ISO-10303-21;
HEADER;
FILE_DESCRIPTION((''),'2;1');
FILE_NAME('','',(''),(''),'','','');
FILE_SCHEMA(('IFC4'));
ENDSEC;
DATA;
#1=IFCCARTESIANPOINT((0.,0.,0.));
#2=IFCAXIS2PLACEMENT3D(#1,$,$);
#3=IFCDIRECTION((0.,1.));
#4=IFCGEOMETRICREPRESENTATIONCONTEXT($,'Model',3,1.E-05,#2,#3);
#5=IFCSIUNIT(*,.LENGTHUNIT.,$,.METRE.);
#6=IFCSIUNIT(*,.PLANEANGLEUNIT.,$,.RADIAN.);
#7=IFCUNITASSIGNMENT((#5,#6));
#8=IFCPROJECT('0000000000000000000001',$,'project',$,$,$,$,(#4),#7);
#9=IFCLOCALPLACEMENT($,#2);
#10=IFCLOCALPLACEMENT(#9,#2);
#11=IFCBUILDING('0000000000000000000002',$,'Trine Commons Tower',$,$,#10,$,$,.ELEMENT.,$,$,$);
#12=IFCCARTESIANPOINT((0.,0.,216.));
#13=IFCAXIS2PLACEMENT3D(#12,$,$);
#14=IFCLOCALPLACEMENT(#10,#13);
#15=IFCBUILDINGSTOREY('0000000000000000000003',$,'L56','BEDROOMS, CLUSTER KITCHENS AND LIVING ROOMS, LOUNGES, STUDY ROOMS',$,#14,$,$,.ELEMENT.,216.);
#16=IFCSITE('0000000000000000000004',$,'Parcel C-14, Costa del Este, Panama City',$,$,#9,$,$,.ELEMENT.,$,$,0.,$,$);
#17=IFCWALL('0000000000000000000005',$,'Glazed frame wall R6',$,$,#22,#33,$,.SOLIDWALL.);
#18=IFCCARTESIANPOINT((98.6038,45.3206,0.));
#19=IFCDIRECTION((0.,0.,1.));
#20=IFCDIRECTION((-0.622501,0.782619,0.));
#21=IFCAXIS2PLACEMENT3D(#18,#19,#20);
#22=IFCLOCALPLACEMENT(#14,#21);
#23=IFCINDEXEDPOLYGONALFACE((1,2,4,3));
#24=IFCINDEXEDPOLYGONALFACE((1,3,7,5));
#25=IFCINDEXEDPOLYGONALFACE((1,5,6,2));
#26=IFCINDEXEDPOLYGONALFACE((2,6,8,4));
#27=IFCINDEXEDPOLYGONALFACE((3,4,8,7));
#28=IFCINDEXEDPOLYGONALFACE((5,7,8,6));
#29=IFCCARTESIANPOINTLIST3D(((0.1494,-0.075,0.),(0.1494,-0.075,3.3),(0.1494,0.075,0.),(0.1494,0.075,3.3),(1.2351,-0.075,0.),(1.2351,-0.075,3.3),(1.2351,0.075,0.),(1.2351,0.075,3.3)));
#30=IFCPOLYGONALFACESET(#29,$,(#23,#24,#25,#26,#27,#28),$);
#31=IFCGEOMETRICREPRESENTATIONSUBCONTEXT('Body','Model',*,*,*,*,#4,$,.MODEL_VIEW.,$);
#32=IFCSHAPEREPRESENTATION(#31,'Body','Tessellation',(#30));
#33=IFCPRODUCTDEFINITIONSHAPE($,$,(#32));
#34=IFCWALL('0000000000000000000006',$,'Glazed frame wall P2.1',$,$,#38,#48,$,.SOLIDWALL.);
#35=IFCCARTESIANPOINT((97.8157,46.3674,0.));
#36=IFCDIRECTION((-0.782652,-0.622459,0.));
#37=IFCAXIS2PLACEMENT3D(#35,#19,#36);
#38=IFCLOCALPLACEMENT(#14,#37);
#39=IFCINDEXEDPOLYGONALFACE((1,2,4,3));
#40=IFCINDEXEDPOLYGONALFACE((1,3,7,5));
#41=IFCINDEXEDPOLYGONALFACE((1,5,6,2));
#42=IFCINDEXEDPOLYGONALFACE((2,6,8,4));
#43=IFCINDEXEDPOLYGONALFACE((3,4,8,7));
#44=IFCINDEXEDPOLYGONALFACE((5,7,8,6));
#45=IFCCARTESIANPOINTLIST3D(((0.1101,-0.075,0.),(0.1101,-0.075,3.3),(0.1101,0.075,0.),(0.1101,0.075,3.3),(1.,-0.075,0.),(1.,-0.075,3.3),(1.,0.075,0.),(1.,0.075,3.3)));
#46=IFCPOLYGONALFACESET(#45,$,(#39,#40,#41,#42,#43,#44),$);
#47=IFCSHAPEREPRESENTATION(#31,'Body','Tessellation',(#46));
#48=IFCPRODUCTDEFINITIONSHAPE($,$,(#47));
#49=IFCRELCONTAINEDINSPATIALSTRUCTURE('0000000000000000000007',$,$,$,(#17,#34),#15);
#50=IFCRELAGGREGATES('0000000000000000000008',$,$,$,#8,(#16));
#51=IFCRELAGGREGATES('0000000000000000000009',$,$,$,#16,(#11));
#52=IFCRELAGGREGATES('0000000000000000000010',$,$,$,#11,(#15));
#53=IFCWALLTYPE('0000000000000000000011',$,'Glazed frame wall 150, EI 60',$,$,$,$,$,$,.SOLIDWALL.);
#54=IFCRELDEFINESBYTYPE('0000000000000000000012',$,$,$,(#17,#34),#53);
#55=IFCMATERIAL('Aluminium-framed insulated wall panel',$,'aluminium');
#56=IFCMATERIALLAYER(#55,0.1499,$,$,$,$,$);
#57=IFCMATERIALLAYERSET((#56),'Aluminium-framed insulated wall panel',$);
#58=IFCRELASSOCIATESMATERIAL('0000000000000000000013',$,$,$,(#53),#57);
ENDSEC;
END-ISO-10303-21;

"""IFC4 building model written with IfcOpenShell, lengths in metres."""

from ifc_helpers import new_model, si_unit, direction, frame, origin, place, context, subcontext, project, spatial, polyline, outline, extrude, material, layer, layer_set, type_object, element, save


model = new_model("IFC4")

# Units and contexts
model_context = context("Model", 3, precision=1e-05, world=origin(), true_north=direction((0.0, 1.0)))
body_context = subcontext(model_context, "Body", "Model", "MODEL_VIEW")
ifc_project = project(units=[si_unit("LENGTHUNIT", "METRE"), si_unit("PLANEANGLEUNIT", "RADIAN")], contexts=[model_context])

# Site, building, storey
site_placement = place(None, origin())
site = spatial("IfcSite", under=ifc_project, at=site_placement, Name="Parcel C-14, Costa del Este, Panama City", CompositionType="ELEMENT", RefElevation=0.0)
building_placement = place(site_placement, origin())
building = spatial("IfcBuilding", under=site, at=building_placement, Name="Trine Commons Tower", CompositionType="ELEMENT")
storey_placement = place(building_placement, frame((0.0, 0.0, 216.0)))
storey = spatial("IfcBuildingStorey", under=building, at=storey_placement, Name="L56", Description="BEDROOMS, CLUSTER KITCHENS AND LIVING ROOMS, LOUNGES, STUDY ROOMS", CompositionType="ELEMENT", Elevation=216.0)

# Walls
ifc_material_1 = material(Name="Aluminium-framed insulated wall panel", Category="aluminium")
ifc_layer_1 = layer(ifc_material_1, 0.1499)
ifc_layer_set_1 = layer_set([ifc_layer_1], Name="Aluminium-framed insulated wall panel")
wall_type_1 = type_object("IfcWallType", Name="Glazed frame wall 150, EI 60", PredefinedType="SOLIDWALL", material=ifc_layer_set_1)
wall_1_placement = place(storey_placement, frame((98.6038, 45.3206, 0.0), z_axis=(0.0, 0.0, 1.0), x_axis=(-0.622501, 0.782619, 0.0)))
element("IfcWall", 1, at=wall_1_placement, inside=storey, type_object=wall_type_1, Name="Glazed frame wall R6", PredefinedType="SOLIDWALL", context=body_context, shape_type="SweptSolid", body=[
    extrude(outline(polyline([(0.1494, 0.075), (0.1494, -0.075), (1.2351, -0.075), (1.2351, 0.075), (0.1494, 0.075)])), origin(), (0.0, 0.0, 1.0), 3.3),
])
wall_2_placement = place(storey_placement, frame((97.8157, 46.3674, 0.0), z_axis=(0.0, 0.0, 1.0), x_axis=(-0.782652, -0.622459, 0.0)))
element("IfcWall", 2, at=wall_2_placement, inside=storey, type_object=wall_type_1, Name="Glazed frame wall P2.1", PredefinedType="SOLIDWALL", context=body_context, shape_type="SweptSolid", body=[
    extrude(outline(polyline([(0.1101, -0.075), (1.0, -0.075), (1.0, 0.075), (0.1101, 0.075), (0.1101, -0.075)])), origin(), (0.0, 0.0, 1.0), 3.3),
])

save(model, "model.ifc")
